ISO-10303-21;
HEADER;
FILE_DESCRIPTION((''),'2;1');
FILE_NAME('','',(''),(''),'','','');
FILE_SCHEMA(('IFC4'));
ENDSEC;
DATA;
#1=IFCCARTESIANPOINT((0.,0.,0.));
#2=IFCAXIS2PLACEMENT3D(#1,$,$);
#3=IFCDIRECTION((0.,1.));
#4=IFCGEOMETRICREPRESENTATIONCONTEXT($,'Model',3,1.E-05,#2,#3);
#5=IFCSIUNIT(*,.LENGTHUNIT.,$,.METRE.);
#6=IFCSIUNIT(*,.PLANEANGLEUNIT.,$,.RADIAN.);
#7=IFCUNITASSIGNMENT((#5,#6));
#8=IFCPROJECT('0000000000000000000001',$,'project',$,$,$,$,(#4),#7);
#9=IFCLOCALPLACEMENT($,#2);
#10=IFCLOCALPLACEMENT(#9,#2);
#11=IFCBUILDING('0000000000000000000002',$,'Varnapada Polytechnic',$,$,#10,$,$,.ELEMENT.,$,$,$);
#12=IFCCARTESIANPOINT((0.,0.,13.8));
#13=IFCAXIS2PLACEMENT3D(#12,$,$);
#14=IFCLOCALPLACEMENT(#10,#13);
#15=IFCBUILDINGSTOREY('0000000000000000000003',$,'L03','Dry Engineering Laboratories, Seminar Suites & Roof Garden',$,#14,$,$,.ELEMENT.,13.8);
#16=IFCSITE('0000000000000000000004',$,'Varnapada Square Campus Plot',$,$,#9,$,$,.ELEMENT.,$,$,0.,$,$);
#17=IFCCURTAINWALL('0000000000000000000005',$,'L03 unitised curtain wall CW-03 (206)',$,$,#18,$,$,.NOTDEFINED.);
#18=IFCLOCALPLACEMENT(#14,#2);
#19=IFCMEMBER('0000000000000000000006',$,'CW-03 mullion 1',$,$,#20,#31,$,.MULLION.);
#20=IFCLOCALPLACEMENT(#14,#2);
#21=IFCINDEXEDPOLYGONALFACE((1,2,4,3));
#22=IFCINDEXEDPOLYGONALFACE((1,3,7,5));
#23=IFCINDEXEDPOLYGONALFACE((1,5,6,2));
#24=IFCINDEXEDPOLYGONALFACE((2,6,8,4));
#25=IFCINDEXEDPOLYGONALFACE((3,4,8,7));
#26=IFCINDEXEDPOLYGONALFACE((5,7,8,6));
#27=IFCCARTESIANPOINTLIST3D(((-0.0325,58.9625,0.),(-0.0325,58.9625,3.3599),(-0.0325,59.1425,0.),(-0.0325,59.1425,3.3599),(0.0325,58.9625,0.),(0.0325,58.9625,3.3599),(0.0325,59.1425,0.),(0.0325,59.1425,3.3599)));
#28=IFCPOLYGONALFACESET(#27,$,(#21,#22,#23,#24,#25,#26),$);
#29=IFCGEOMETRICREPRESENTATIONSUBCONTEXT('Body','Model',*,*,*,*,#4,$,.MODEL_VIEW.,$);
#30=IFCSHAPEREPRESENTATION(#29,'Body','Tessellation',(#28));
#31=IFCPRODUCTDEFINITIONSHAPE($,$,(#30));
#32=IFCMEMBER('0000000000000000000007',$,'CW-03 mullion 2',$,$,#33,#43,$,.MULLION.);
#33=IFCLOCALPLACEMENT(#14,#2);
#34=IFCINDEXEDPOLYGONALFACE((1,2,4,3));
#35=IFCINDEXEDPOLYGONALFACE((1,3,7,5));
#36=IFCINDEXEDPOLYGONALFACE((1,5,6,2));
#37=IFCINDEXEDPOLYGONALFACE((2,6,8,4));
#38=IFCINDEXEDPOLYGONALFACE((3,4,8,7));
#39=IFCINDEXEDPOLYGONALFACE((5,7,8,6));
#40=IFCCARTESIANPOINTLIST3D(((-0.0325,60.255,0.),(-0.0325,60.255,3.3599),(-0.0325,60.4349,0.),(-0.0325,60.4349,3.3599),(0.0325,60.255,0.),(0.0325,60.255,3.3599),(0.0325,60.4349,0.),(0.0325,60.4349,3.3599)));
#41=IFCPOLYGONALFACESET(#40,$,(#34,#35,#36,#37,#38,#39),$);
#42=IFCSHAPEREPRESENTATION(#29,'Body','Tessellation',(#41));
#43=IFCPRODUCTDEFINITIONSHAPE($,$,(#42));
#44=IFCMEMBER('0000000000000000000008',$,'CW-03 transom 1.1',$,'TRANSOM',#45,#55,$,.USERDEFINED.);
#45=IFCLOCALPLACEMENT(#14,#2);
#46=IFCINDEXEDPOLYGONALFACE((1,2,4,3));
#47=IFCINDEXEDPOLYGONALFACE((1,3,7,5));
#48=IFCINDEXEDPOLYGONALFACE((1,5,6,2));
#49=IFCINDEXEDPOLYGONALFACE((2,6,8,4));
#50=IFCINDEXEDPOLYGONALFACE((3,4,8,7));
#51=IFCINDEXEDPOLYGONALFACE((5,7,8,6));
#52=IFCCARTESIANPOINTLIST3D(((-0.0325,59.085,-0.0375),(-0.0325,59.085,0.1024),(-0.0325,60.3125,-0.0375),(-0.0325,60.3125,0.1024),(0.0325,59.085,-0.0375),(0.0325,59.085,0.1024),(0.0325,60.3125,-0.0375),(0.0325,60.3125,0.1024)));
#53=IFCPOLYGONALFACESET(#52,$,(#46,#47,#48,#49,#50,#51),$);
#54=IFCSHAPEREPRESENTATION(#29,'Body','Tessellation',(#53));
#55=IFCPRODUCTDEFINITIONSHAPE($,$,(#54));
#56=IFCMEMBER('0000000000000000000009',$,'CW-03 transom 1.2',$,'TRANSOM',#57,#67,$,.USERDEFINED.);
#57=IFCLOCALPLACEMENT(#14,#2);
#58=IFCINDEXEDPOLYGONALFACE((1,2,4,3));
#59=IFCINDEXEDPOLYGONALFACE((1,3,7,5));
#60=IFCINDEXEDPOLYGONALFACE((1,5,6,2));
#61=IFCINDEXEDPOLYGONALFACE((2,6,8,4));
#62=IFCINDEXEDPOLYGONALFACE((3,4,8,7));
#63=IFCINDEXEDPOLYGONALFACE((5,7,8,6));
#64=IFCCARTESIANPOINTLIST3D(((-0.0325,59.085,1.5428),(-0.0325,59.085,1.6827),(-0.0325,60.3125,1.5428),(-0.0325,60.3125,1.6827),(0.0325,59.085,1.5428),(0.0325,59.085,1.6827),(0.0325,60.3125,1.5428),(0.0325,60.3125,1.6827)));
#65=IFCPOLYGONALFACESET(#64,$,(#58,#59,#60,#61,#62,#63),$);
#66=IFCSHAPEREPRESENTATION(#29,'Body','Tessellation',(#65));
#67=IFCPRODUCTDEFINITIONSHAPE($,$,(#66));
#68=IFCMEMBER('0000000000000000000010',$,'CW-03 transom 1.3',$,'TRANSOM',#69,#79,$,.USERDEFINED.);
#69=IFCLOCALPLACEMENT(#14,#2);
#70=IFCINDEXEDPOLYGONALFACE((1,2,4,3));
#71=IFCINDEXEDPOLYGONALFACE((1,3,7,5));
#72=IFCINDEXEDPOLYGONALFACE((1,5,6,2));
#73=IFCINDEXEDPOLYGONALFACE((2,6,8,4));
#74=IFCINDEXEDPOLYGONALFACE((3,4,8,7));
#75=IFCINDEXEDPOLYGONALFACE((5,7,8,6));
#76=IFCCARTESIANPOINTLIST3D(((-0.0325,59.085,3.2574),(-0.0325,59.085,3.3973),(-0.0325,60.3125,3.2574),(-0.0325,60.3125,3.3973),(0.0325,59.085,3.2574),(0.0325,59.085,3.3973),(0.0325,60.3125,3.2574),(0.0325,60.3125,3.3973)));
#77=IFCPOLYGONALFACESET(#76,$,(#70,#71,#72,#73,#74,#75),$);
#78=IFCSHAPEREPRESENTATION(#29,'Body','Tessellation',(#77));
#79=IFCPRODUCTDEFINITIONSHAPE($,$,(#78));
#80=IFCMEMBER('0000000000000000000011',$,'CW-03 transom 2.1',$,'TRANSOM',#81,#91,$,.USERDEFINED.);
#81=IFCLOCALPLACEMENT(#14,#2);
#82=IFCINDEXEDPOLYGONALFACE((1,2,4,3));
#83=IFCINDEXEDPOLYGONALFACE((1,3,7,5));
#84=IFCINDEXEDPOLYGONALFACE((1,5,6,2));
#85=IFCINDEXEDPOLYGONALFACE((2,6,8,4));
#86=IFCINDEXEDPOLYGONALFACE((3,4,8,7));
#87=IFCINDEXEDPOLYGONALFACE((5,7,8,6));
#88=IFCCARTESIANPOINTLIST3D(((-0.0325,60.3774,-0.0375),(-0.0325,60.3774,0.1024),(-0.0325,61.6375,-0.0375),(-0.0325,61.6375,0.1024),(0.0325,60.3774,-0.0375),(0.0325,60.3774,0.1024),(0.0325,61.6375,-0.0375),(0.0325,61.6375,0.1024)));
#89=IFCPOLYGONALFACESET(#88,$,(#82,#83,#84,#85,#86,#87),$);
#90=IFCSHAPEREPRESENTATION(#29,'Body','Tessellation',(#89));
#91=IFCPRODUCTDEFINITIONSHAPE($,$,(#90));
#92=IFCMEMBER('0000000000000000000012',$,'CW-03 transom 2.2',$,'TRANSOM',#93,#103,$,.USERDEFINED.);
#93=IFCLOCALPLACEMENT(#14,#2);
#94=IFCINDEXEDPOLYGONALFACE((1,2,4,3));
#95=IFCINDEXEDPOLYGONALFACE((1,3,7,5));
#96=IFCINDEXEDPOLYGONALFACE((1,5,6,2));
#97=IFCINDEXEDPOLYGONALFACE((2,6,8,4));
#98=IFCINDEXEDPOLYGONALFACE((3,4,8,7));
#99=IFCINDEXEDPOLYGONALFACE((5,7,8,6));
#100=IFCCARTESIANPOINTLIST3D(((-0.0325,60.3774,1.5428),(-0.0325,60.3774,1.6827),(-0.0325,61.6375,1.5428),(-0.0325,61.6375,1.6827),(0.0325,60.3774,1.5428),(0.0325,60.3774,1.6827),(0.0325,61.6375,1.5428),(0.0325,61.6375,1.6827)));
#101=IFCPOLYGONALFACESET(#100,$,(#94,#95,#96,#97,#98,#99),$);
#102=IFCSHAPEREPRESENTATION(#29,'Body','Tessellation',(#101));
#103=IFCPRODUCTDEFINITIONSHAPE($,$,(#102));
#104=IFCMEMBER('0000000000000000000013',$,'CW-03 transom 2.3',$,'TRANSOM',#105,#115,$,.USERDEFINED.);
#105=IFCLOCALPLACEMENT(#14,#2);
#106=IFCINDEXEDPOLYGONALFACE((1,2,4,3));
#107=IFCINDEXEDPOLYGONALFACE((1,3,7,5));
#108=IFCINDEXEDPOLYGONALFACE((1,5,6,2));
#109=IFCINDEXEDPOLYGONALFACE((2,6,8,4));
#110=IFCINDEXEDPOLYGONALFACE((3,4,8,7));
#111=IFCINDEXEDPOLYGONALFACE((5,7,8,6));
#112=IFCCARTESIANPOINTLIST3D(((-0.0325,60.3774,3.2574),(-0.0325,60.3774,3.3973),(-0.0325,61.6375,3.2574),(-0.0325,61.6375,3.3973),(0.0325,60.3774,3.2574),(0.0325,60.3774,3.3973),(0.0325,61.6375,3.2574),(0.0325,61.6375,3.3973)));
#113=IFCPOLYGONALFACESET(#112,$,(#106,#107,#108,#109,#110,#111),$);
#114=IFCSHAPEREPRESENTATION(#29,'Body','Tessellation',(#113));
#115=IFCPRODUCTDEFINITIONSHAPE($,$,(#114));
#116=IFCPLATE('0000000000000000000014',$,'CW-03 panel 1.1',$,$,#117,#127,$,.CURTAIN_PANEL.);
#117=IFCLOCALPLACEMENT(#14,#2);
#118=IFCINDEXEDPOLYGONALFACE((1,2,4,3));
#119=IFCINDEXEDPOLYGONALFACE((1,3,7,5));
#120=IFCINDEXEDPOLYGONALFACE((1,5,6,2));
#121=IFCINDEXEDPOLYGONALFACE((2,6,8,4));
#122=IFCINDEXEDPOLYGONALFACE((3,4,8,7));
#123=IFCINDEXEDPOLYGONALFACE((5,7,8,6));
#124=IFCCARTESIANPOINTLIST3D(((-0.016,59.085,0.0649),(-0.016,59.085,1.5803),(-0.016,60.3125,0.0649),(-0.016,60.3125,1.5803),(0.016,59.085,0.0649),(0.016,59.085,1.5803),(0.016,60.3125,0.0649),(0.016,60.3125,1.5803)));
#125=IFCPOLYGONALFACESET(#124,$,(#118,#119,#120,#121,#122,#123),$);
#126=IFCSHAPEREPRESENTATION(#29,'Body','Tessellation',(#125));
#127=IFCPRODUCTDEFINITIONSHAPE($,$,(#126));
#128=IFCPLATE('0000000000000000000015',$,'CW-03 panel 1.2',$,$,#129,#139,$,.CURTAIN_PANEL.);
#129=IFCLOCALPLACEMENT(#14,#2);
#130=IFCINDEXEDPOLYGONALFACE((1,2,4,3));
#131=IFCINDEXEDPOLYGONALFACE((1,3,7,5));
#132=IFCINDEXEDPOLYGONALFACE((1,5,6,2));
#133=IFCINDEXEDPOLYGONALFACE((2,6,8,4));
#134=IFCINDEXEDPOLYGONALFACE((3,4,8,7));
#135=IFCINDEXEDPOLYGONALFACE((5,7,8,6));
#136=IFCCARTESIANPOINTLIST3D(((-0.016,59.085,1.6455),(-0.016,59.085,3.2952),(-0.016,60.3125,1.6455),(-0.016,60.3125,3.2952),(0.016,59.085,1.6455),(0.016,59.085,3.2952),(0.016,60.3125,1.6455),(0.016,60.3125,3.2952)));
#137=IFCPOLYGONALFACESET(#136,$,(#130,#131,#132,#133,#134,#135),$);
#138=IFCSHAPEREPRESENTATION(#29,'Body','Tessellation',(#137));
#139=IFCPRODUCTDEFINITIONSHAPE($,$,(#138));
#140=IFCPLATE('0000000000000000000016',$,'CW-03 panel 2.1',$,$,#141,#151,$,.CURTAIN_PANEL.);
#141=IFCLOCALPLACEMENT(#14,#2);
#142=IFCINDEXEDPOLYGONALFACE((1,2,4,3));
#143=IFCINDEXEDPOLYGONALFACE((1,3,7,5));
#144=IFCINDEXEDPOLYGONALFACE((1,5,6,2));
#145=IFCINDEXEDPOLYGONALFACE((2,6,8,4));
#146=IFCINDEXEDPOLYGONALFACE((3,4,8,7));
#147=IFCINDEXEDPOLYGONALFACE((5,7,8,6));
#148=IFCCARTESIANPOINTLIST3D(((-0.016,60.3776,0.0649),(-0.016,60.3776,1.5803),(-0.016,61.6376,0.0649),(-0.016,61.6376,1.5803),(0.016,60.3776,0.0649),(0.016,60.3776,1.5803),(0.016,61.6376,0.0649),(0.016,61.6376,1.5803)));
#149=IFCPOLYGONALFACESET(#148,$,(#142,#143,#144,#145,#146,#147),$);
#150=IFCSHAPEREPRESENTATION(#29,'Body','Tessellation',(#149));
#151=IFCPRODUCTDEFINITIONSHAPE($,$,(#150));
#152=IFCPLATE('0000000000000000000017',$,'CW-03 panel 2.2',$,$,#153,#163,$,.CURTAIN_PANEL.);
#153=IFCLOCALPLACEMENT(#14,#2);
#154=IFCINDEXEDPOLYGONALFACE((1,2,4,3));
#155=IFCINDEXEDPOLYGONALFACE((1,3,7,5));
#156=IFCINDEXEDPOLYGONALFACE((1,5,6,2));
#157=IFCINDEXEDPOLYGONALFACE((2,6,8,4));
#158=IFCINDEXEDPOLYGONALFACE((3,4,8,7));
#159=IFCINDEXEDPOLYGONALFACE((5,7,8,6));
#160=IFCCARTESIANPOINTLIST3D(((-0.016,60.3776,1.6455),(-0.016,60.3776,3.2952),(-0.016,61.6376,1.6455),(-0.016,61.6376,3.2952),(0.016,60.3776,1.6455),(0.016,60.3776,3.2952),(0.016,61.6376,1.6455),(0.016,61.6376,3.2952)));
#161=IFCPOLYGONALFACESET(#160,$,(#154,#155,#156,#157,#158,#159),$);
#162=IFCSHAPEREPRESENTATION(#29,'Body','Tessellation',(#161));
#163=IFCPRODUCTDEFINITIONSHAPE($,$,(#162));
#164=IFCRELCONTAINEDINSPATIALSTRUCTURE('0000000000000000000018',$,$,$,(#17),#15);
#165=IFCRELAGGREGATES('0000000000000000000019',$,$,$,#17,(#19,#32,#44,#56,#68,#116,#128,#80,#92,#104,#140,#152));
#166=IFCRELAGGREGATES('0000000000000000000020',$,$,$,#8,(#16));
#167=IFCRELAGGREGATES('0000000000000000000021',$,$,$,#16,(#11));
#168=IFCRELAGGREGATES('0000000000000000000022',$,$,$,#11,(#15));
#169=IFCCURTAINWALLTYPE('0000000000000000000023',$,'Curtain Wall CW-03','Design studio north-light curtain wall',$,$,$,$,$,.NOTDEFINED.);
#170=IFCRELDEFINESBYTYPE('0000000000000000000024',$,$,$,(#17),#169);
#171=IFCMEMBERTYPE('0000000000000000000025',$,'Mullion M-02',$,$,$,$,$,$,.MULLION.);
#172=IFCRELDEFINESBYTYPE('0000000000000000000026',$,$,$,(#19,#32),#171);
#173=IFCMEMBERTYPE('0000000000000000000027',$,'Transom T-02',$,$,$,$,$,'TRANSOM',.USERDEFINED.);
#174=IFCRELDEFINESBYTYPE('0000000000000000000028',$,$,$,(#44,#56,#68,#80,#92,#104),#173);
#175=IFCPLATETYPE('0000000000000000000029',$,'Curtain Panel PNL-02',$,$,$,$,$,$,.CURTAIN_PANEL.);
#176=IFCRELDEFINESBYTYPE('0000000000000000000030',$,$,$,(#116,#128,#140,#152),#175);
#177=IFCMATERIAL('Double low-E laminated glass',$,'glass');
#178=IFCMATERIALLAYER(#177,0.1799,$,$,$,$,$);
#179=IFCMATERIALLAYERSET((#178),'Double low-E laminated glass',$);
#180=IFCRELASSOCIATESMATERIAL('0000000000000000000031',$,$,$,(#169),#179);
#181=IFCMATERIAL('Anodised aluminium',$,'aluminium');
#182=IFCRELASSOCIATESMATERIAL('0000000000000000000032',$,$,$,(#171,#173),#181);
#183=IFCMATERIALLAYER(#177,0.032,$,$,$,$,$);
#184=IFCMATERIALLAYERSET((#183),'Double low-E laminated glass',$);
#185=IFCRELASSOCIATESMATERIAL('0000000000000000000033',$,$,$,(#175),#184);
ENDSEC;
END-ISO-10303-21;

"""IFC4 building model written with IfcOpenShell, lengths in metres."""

from ifc_helpers import new_model, si_unit, direction, frame, origin, origin_2d, place, context, subcontext, project, spatial, rectangle, extrude, material, layer, layer_set, material_profile, profile_set, type_object, element, aggregate, save


model = new_model("IFC4")

# Units and contexts
model_context = context("Model", 3, precision=1e-05, world=origin(), true_north=direction((0.0, 1.0)))
body_context = subcontext(model_context, "Body", "Model", "MODEL_VIEW")
ifc_project = project(units=[si_unit("LENGTHUNIT", "METRE"), si_unit("PLANEANGLEUNIT", "RADIAN")], contexts=[model_context])

# Site, building, storey
site_placement = place(None, origin())
site = spatial("IfcSite", under=ifc_project, at=site_placement, Name="Varnapada Square Campus Plot", CompositionType="ELEMENT", RefElevation=0.0)
building_placement = place(site_placement, origin())
building = spatial("IfcBuilding", under=site, at=building_placement, Name="Varnapada Polytechnic", CompositionType="ELEMENT")
storey_placement = place(building_placement, frame((0.0, 0.0, 13.8)))
storey = spatial("IfcBuildingStorey", under=building, at=storey_placement, Name="L03", Description="Dry Engineering Laboratories, Seminar Suites & Roof Garden", CompositionType="ELEMENT", Elevation=13.8)

# Curtain wall, members, plates
ifc_material_1 = material(Name="Double low-E laminated glass", Category="glass")
ifc_layer_1 = layer(ifc_material_1, 0.1799)
ifc_layer_set_1 = layer_set([ifc_layer_1], Name="Double low-E laminated glass")
curtain_wall_type = type_object("IfcCurtainWallType", Name="Curtain Wall CW-03", Description="Design studio north-light curtain wall", PredefinedType="NOTDEFINED", material=ifc_layer_set_1)
curtain_wall_placement = place(storey_placement, origin())
curtain_wall = element("IfcCurtainWall", 1, at=curtain_wall_placement, inside=storey, type_object=curtain_wall_type, Name="L03 unitised curtain wall CW-03 (206)", PredefinedType="NOTDEFINED")
ifc_material_2 = material(Name="Anodised aluminium", Category="aluminium")
ifc_material_profile_1 = material_profile(ifc_material_2, rectangle(XDim=0.0649, YDim=0.1799, at=origin_2d()), Name="ALU M65x180")
ifc_profile_set_1 = profile_set([ifc_material_profile_1], Name="Anodised aluminium")
member_type_1 = type_object("IfcMemberType", Name="Mullion M-02", PredefinedType="MULLION", material=ifc_profile_set_1)
member_1_placement = place(storey_placement, frame((0.0, 59.0525, 0.0), z_axis=(0.0, 0.0, 1.0), x_axis=(-1.0, 0.0, 0.0)))
member_1 = element("IfcMember", 2, at=member_1_placement, type_object=member_type_1, Name="CW-03 mullion 1", PredefinedType="MULLION", context=body_context, shape_type="SweptSolid", body=[
    extrude(rectangle(XDim=0.0649, YDim=0.1799, at=origin_2d()), origin(), (0.0, 0.0, 1.0), 3.3599),
])
member_2_placement = place(storey_placement, frame((0.0, 60.345, 0.0), z_axis=(0.0, 0.0, 1.0), x_axis=(-1.0, 0.0, 0.0)))
member_2 = element("IfcMember", 3, at=member_2_placement, type_object=member_type_1, Name="CW-03 mullion 2", PredefinedType="MULLION", context=body_context, shape_type="SweptSolid", body=[
    extrude(rectangle(XDim=0.0649, YDim=0.1799, at=origin_2d()), origin(), (0.0, 0.0, 1.0), 3.3599),
])
ifc_material_profile_2 = material_profile(ifc_material_2, rectangle(XDim=0.0649, YDim=0.1399, at=origin_2d()), Name="ALU T65x140")
ifc_profile_set_2 = profile_set([ifc_material_profile_2], Name="Anodised aluminium")
member_type_2 = type_object("IfcMemberType", Name="Transom T-02", ElementType="TRANSOM", PredefinedType="USERDEFINED", material=ifc_profile_set_2)
member_3_placement = place(storey_placement, frame((0.0, 59.085, 0.0325), z_axis=(0.0, 1.0, 0.0), x_axis=(-1.0, 0.0, 0.0)))
member_3 = element("IfcMember", 4, at=member_3_placement, type_object=member_type_2, Name="CW-03 transom 1.1", ObjectType="TRANSOM", PredefinedType="USERDEFINED", context=body_context, shape_type="SweptSolid", body=[
    extrude(rectangle(XDim=0.0649, YDim=0.1399, at=origin_2d()), origin(), (0.0, 0.0, 1.0), 1.2275),
])
member_4_placement = place(storey_placement, frame((0.0, 59.085, 1.6128), z_axis=(0.0, 1.0, 0.0), x_axis=(-1.0, 0.0, 0.0)))
member_4 = element("IfcMember", 5, at=member_4_placement, type_object=member_type_2, Name="CW-03 transom 1.2", ObjectType="TRANSOM", PredefinedType="USERDEFINED", context=body_context, shape_type="SweptSolid", body=[
    extrude(rectangle(XDim=0.0649, YDim=0.1399, at=origin_2d()), origin(), (0.0, 0.0, 1.0), 1.2275),
])
member_5_placement = place(storey_placement, frame((0.0, 59.085, 3.3274), z_axis=(0.0, 1.0, 0.0), x_axis=(-1.0, 0.0, 0.0)))
member_5 = element("IfcMember", 6, at=member_5_placement, type_object=member_type_2, Name="CW-03 transom 1.3", ObjectType="TRANSOM", PredefinedType="USERDEFINED", context=body_context, shape_type="SweptSolid", body=[
    extrude(rectangle(XDim=0.0649, YDim=0.1399, at=origin_2d()), origin(), (0.0, 0.0, 1.0), 1.2275),
])
member_6_placement = place(storey_placement, frame((0.0, 60.3774, 0.0325), z_axis=(0.0, 1.0, 0.0), x_axis=(-1.0, 0.0, 0.0)))
member_6 = element("IfcMember", 7, at=member_6_placement, type_object=member_type_2, Name="CW-03 transom 2.1", ObjectType="TRANSOM", PredefinedType="USERDEFINED", context=body_context, shape_type="SweptSolid", body=[
    extrude(rectangle(XDim=0.0649, YDim=0.1399, at=origin_2d()), origin(), (0.0, 0.0, 1.0), 1.26),
])
member_7_placement = place(storey_placement, frame((0.0, 60.3774, 1.6128), z_axis=(0.0, 1.0, 0.0), x_axis=(-1.0, 0.0, 0.0)))
member_7 = element("IfcMember", 8, at=member_7_placement, type_object=member_type_2, Name="CW-03 transom 2.2", ObjectType="TRANSOM", PredefinedType="USERDEFINED", context=body_context, shape_type="SweptSolid", body=[
    extrude(rectangle(XDim=0.0649, YDim=0.1399, at=origin_2d()), origin(), (0.0, 0.0, 1.0), 1.26),
])
member_8_placement = place(storey_placement, frame((0.0, 60.3774, 3.3274), z_axis=(0.0, 1.0, 0.0), x_axis=(-1.0, 0.0, 0.0)))
member_8 = element("IfcMember", 9, at=member_8_placement, type_object=member_type_2, Name="CW-03 transom 2.3", ObjectType="TRANSOM", PredefinedType="USERDEFINED", context=body_context, shape_type="SweptSolid", body=[
    extrude(rectangle(XDim=0.0649, YDim=0.1399, at=origin_2d()), origin(), (0.0, 0.0, 1.0), 1.26),
])
ifc_layer_2 = layer(ifc_material_1, 0.032)
ifc_layer_set_2 = layer_set([ifc_layer_2], Name="Double low-E laminated glass")
plate_type = type_object("IfcPlateType", Name="Curtain Panel PNL-02", PredefinedType="CURTAIN_PANEL", material=ifc_layer_set_2)
plate_1_placement = place(storey_placement, frame((0.0, 59.6987, 0.0649), z_axis=(0.0, 0.0, 1.0), x_axis=(0.0, 1.0, 0.0)))
plate_1 = element("IfcPlate", 10, at=plate_1_placement, type_object=plate_type, Name="CW-03 panel 1.1", PredefinedType="CURTAIN_PANEL", context=body_context, shape_type="SweptSolid", body=[
    extrude(rectangle(XDim=1.2275, YDim=0.032, at=origin_2d()), origin(), (0.0, 0.0, 1.0), 1.5154),
])
plate_2_placement = place(storey_placement, frame((0.0, 59.6987, 1.6455), z_axis=(0.0, 0.0, 1.0), x_axis=(0.0, 1.0, 0.0)))
plate_2 = element("IfcPlate", 11, at=plate_2_placement, type_object=plate_type, Name="CW-03 panel 1.2", PredefinedType="CURTAIN_PANEL", context=body_context, shape_type="SweptSolid", body=[
    extrude(rectangle(XDim=1.2275, YDim=0.032, at=origin_2d()), origin(), (0.0, 0.0, 1.0), 1.6497),
])
plate_3_placement = place(storey_placement, frame((0.0, 61.0076, 0.0649), z_axis=(0.0, 0.0, 1.0), x_axis=(0.0, 1.0, 0.0)))
plate_3 = element("IfcPlate", 12, at=plate_3_placement, type_object=plate_type, Name="CW-03 panel 2.1", PredefinedType="CURTAIN_PANEL", context=body_context, shape_type="SweptSolid", body=[
    extrude(rectangle(XDim=1.26, YDim=0.032, at=origin_2d()), origin(), (0.0, 0.0, 1.0), 1.5154),
])
plate_4_placement = place(storey_placement, frame((0.0, 61.0076, 1.6455), z_axis=(0.0, 0.0, 1.0), x_axis=(0.0, 1.0, 0.0)))
plate_4 = element("IfcPlate", 13, at=plate_4_placement, type_object=plate_type, Name="CW-03 panel 2.2", PredefinedType="CURTAIN_PANEL", context=body_context, shape_type="SweptSolid", body=[
    extrude(rectangle(XDim=1.26, YDim=0.032, at=origin_2d()), origin(), (0.0, 0.0, 1.0), 1.6497),
])
aggregate(curtain_wall, [member_1, member_2, member_3, member_4, member_5, plate_1, plate_2, member_6, member_7, member_8, plate_3, plate_4])

save(model, "model.ifc")
